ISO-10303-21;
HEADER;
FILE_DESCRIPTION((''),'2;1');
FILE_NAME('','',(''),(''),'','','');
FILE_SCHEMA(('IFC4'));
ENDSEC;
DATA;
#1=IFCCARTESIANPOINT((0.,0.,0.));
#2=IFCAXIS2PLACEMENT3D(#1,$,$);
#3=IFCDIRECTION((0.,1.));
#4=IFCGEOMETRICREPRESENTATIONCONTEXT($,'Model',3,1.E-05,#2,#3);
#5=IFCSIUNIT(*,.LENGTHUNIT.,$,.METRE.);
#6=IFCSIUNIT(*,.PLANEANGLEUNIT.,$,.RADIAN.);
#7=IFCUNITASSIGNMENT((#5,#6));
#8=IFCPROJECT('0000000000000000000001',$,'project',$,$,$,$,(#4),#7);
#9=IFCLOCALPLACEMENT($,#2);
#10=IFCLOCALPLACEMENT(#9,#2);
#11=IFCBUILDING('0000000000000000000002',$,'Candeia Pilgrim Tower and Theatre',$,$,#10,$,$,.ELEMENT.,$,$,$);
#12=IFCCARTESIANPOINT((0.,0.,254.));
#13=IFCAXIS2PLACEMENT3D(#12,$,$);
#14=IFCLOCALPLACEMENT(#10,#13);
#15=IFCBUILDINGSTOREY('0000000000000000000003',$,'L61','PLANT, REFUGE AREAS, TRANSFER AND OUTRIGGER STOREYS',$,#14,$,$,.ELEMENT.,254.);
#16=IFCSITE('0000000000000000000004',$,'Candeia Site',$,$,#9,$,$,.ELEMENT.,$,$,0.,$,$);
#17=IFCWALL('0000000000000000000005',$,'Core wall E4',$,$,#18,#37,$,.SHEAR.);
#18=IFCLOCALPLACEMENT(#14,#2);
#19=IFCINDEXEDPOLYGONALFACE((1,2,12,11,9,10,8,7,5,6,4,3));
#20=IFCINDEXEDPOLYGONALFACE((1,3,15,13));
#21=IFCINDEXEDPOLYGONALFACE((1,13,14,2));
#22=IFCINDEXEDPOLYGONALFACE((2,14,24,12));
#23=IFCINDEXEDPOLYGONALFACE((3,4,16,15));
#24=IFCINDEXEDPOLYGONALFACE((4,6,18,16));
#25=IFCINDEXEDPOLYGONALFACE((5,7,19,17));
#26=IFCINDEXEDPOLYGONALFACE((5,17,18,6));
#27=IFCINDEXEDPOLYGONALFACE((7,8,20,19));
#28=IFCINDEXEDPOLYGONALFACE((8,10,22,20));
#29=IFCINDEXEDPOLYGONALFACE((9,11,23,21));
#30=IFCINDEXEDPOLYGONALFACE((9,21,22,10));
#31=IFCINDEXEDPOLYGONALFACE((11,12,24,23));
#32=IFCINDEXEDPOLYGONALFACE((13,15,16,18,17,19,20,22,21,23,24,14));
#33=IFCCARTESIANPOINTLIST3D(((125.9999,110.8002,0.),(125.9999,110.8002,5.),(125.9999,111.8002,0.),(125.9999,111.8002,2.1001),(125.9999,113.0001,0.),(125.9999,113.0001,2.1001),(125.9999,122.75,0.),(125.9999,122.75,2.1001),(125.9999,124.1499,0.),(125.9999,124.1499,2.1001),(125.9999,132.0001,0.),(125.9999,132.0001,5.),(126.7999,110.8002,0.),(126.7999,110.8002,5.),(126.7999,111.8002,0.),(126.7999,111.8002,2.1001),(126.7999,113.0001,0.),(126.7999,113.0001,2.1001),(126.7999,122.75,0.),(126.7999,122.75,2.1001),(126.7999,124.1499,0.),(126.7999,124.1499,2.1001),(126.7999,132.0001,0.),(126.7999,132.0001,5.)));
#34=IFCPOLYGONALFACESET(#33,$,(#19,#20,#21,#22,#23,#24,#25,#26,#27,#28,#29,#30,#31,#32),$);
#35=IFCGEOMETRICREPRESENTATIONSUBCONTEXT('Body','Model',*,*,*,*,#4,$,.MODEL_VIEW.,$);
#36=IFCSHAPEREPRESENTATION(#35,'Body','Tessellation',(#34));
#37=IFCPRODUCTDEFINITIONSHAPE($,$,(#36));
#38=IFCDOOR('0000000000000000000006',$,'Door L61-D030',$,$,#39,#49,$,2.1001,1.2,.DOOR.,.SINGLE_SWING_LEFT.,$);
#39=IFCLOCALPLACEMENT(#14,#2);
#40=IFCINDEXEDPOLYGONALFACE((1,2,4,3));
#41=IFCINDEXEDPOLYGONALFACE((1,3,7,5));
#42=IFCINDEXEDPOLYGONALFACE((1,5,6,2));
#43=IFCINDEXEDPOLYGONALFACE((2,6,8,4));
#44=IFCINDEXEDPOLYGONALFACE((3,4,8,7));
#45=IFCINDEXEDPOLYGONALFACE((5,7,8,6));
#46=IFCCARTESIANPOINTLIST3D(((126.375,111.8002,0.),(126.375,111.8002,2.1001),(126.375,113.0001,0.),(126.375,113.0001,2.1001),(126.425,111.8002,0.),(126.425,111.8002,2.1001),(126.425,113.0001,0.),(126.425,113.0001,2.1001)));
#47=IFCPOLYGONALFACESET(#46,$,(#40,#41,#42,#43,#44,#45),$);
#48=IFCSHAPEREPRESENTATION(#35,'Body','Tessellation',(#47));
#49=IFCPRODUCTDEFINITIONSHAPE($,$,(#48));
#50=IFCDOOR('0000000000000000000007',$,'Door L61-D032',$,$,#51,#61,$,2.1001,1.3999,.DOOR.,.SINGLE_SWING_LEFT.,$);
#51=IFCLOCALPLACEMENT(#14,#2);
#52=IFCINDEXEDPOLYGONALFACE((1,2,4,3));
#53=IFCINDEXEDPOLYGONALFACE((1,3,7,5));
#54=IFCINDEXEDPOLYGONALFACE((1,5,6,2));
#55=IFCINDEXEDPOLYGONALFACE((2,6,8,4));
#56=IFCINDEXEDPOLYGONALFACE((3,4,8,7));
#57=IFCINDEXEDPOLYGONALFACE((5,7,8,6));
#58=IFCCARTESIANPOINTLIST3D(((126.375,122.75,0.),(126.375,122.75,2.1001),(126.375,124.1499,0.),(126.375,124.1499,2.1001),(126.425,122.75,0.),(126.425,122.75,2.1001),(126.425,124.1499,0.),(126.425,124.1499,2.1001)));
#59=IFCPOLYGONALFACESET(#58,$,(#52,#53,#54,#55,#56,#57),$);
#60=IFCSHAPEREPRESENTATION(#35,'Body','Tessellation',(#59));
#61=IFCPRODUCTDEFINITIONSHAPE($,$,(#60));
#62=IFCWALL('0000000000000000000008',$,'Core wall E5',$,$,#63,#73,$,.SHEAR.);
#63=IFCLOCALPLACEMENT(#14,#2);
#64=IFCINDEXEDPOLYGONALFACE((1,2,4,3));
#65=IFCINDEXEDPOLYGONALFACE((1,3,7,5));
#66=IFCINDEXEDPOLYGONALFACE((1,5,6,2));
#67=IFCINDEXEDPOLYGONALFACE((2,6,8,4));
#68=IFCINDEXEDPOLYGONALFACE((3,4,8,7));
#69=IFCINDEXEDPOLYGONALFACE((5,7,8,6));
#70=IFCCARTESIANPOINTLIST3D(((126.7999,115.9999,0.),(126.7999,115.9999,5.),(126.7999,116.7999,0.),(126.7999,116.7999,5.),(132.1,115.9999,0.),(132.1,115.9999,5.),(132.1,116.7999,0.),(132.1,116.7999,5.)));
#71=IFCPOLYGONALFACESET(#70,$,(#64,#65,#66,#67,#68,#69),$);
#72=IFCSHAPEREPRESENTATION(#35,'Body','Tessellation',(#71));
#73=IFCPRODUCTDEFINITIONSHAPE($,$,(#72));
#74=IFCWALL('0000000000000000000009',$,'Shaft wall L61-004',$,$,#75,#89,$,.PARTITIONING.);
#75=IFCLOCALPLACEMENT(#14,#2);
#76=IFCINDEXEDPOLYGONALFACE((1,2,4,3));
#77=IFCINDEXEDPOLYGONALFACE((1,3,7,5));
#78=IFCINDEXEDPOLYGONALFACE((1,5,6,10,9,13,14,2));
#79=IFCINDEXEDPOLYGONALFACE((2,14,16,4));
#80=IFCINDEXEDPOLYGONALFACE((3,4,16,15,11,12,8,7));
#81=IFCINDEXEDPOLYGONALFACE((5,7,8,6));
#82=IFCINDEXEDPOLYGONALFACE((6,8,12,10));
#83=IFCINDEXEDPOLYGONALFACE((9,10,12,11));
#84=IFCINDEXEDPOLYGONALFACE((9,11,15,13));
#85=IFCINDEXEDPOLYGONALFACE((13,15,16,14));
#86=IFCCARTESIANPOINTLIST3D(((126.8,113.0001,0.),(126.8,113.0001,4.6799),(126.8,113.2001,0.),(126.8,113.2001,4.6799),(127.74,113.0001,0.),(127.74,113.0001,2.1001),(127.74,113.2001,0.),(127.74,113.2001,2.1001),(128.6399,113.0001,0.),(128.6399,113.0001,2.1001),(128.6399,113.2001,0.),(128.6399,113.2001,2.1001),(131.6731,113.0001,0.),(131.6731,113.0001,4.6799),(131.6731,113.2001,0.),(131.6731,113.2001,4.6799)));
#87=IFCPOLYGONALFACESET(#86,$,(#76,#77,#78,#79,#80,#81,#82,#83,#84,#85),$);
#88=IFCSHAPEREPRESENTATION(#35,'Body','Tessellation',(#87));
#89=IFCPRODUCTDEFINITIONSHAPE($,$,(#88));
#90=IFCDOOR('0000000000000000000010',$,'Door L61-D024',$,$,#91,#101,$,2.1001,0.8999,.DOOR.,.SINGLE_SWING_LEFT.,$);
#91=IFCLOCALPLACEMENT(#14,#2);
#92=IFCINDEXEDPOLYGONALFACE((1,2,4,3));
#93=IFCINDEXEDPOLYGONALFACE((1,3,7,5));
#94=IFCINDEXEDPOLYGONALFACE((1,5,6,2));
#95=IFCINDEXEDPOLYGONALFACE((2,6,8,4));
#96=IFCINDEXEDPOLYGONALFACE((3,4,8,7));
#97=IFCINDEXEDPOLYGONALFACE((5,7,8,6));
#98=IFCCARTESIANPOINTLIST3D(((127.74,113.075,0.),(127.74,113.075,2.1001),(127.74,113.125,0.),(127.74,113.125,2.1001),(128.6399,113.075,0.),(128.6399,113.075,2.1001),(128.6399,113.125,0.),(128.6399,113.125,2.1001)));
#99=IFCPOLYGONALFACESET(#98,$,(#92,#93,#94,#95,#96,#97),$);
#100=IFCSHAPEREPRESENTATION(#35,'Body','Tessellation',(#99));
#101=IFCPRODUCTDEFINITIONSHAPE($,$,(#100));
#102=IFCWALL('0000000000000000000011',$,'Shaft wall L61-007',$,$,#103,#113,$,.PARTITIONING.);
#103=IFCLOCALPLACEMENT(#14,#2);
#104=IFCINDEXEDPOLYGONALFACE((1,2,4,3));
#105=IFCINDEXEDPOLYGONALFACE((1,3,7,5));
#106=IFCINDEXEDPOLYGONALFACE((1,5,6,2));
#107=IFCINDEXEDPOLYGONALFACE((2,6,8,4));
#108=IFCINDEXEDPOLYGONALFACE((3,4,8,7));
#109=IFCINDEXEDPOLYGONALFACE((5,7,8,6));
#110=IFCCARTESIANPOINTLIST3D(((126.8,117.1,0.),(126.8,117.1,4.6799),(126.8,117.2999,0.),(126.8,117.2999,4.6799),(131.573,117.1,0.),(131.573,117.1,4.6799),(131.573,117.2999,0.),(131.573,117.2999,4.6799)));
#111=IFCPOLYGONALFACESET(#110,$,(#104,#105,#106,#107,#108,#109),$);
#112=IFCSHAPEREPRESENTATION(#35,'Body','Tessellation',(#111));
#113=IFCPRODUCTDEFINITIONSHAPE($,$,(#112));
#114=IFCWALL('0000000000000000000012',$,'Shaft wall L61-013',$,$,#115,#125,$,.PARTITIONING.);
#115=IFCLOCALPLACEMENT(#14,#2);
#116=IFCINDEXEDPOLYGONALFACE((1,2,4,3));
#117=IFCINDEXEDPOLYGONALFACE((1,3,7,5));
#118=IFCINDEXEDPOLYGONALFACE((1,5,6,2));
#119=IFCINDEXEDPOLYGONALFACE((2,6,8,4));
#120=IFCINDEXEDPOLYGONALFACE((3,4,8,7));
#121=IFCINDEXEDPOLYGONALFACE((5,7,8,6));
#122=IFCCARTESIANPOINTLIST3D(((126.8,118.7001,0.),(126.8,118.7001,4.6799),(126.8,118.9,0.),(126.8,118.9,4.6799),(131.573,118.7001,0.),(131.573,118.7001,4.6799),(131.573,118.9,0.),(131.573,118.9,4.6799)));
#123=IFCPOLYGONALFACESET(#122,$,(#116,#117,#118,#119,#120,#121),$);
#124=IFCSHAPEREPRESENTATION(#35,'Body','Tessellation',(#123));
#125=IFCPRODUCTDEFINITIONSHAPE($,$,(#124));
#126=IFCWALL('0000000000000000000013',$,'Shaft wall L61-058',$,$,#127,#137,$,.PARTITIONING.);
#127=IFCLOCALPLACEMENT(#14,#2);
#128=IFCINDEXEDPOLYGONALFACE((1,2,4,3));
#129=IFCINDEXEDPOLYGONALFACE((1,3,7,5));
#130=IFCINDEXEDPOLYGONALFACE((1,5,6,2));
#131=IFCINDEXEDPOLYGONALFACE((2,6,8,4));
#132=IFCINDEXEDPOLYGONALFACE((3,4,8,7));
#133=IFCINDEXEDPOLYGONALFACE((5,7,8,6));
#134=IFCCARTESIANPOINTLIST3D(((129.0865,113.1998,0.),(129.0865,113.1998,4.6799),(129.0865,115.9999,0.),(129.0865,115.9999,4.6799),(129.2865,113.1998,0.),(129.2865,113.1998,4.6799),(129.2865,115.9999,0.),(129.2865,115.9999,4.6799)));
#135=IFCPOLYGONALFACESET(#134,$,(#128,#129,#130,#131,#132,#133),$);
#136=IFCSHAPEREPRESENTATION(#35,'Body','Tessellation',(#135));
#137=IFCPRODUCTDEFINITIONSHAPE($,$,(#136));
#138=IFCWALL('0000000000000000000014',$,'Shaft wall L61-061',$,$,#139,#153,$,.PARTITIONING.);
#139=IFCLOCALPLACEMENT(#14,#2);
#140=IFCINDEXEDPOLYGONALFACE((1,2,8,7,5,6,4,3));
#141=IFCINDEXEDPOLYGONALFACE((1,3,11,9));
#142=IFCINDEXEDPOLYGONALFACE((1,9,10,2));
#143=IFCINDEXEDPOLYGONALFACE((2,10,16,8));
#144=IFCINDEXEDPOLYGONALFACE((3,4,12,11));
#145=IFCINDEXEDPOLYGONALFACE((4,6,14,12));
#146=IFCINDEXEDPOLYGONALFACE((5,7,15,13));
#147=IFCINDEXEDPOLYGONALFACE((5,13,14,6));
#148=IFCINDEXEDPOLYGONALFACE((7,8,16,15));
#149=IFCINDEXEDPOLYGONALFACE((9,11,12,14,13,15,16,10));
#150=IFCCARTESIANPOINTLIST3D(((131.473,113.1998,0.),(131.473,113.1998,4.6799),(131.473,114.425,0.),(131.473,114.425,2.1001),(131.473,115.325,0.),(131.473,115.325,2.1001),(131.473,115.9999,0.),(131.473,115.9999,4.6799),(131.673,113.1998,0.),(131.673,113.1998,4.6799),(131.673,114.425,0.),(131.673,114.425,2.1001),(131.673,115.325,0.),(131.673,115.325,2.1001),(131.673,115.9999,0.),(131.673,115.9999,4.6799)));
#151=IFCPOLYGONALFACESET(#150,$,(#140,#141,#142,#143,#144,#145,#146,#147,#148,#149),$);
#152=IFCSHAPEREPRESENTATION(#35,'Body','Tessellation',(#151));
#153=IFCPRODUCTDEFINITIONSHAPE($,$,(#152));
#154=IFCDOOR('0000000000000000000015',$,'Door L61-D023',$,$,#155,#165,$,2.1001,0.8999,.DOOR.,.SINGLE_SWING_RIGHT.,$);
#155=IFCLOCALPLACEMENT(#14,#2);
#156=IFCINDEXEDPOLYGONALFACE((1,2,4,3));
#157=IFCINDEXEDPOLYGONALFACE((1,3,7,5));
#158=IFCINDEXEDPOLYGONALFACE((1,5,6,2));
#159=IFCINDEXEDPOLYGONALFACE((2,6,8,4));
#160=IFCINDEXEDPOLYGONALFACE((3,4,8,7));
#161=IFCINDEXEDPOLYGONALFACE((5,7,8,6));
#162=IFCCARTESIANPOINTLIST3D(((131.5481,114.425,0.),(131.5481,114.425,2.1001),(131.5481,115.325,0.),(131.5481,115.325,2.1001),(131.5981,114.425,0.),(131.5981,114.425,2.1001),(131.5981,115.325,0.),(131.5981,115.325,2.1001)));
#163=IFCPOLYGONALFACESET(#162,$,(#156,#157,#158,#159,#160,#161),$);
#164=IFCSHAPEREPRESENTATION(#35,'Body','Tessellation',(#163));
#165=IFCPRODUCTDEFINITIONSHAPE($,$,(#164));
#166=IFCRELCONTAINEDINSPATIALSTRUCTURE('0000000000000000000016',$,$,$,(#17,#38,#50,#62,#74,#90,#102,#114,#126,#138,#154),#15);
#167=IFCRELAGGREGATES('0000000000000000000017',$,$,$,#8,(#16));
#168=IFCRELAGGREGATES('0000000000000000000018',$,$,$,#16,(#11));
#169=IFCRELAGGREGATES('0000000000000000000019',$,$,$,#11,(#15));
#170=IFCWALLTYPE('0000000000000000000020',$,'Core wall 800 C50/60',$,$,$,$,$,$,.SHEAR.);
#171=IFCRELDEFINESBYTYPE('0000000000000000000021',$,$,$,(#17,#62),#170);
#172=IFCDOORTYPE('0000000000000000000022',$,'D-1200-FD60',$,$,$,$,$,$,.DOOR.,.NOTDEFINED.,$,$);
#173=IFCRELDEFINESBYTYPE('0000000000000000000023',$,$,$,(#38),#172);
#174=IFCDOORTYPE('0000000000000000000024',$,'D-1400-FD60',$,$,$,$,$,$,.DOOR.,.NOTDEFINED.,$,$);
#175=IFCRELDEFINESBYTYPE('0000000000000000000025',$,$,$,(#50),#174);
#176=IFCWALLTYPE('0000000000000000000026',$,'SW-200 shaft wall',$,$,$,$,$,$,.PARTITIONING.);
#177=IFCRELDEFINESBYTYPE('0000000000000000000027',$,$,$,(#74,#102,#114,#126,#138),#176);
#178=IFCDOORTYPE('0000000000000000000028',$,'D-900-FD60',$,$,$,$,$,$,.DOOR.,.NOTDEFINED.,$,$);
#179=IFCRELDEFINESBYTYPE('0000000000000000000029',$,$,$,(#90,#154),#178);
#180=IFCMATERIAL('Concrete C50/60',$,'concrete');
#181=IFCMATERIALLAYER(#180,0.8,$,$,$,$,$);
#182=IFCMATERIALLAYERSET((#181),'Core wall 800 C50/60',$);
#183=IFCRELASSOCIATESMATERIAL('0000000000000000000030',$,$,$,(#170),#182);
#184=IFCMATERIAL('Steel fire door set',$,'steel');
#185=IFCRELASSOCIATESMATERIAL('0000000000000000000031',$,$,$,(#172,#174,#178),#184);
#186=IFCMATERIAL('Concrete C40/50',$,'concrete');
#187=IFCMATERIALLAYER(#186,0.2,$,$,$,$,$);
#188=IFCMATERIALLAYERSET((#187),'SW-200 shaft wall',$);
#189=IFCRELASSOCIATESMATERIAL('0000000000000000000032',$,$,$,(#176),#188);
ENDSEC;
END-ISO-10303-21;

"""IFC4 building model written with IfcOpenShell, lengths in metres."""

from ifc_helpers import new_model, si_unit, direction, frame, frame_2d, origin, place, context, subcontext, project, spatial, rectangle, extrude, material, layer, layer_set, type_object, element, fill, save


model = new_model("IFC4")

# Units and contexts
model_context = context("Model", 3, precision=1e-05, world=origin(), true_north=direction((0.0, 1.0)))
body_context = subcontext(model_context, "Body", "Model", "MODEL_VIEW")
ifc_project = project(units=[si_unit("LENGTHUNIT", "METRE"), si_unit("PLANEANGLEUNIT", "RADIAN")], contexts=[model_context])

# Site, building, storey
site_placement = place(None, origin())
site = spatial("IfcSite", under=ifc_project, at=site_placement, Name="Candeia Site", CompositionType="ELEMENT", RefElevation=0.0)
building_placement = place(site_placement, origin())
building = spatial("IfcBuilding", under=site, at=building_placement, Name="Candeia Pilgrim Tower and Theatre", CompositionType="ELEMENT")
storey_placement = place(building_placement, frame((0.0, 0.0, 254.0)))
storey = spatial("IfcBuildingStorey", under=building, at=storey_placement, Name="L61", Description="PLANT, REFUGE AREAS, TRANSFER AND OUTRIGGER STOREYS", CompositionType="ELEMENT", Elevation=254.0)

# Shared definitions
ifc_material_1 = material(Name="Concrete C50/60", Category="concrete")

# Wall, openings, doors
ifc_layer_1 = layer(ifc_material_1, 0.8)
ifc_layer_set_1 = layer_set([ifc_layer_1], Name="Core wall 800 C50/60")
wall_type_1 = type_object("IfcWallType", Name="Core wall 800 C50/60", PredefinedType="SHEAR", material=ifc_layer_set_1)
wall_1_placement = place(storey_placement, frame((126.3999, 110.8, 0.0), z_axis=(0.0, 0.0, 1.0), x_axis=(0.0, 1.0, 0.0)))
wall_1 = element("IfcWall", 1, at=wall_1_placement, inside=storey, type_object=wall_type_1, Name="Core wall E4", PredefinedType="SHEAR", context=body_context, shape_type="SweptSolid", body=[
    extrude(rectangle(XDim=21.2, YDim=0.8, at=frame_2d((10.6001, 0.0))), origin(), (0.0, 0.0, 1.0), 5.0),
])
opening_1_placement = place(wall_1_placement, frame((1.0, 0.0, 0.0)))
opening_1 = element("IfcOpeningElement", 2, at=opening_1_placement, cuts=wall_1, PredefinedType="OPENING", context=body_context, shape_type="SweptSolid", body=[
    extrude(rectangle(XDim=1.2, YDim=2.1001, at=frame_2d((0.6001, 1.05))), frame((0.0, 0.4102, 0.0), z_axis=(0.0, -1.0, 0.0), x_axis=(1.0, 0.0, 0.0)), (0.0, 0.0, 1.0), 0.8201),
])
opening_2_placement = place(wall_1_placement, frame((11.95, 0.0, 0.0)))
opening_2 = element("IfcOpeningElement", 3, at=opening_2_placement, cuts=wall_1, PredefinedType="OPENING", context=body_context, shape_type="SweptSolid", body=[
    extrude(rectangle(XDim=1.3999, YDim=2.1001, at=frame_2d((0.7, 1.05))), frame((0.0, 0.4102, 0.0), z_axis=(0.0, -1.0, 0.0), x_axis=(1.0, 0.0, 0.0)), (0.0, 0.0, 1.0), 0.8201),
])
ifc_material_2 = material(Name="Steel fire door set", Category="steel")
door_type_1 = type_object("IfcDoorType", Name="D-1200-FD60", OperationType="NOTDEFINED", PredefinedType="DOOR", material=ifc_material_2)
door_1_placement = place(opening_1_placement, origin())
door_1 = element("IfcDoor", 4, at=door_1_placement, inside=storey, type_object=door_type_1, Name="Door L61-D030", OperationType="SINGLE_SWING_LEFT", OverallHeight=2.1001, OverallWidth=1.2, PredefinedType="DOOR", context=body_context, shape_type="SweptSolid", body=[
    extrude(rectangle(XDim=1.2, YDim=2.1001, at=frame_2d((0.6001, 1.05))), frame((0.0, 0.0249, 0.0), z_axis=(0.0, -1.0, 0.0), x_axis=(1.0, 0.0, 0.0)), (0.0, 0.0, 1.0), 0.05),
])
fill(opening_1, door_1)
door_type_2 = type_object("IfcDoorType", Name="D-1400-FD60", OperationType="NOTDEFINED", PredefinedType="DOOR", material=ifc_material_2)
door_2_placement = place(opening_2_placement, origin())
door_2 = element("IfcDoor", 5, at=door_2_placement, inside=storey, type_object=door_type_2, Name="Door L61-D032", OperationType="SINGLE_SWING_LEFT", OverallHeight=2.1001, OverallWidth=1.3999, PredefinedType="DOOR", context=body_context, shape_type="SweptSolid", body=[
    extrude(rectangle(XDim=1.3999, YDim=2.1001, at=frame_2d((0.7, 1.05))), frame((0.0, 0.0249, 0.0), z_axis=(0.0, -1.0, 0.0), x_axis=(1.0, 0.0, 0.0)), (0.0, 0.0, 1.0), 0.05),
])
fill(opening_2, door_2)

# Wall
wall_2_placement = place(storey_placement, frame((126.8, 116.3999, 0.0), z_axis=(0.0, 0.0, 1.0), x_axis=(1.0, 0.0, 0.0)))
element("IfcWall", 6, at=wall_2_placement, inside=storey, type_object=wall_type_1, Name="Core wall E5", PredefinedType="SHEAR", context=body_context, shape_type="SweptSolid", body=[
    extrude(rectangle(XDim=5.3, YDim=0.8, at=frame_2d((2.6499, 0.0))), origin(), (0.0, 0.0, 1.0), 5.0),
])

# Wall, opening, door
ifc_material_3 = material(Name="Concrete C40/50", Category="concrete")
ifc_layer_2 = layer(ifc_material_3, 0.2)
ifc_layer_set_2 = layer_set([ifc_layer_2], Name="SW-200 shaft wall")
wall_type_2 = type_object("IfcWallType", Name="SW-200 shaft wall", PredefinedType="PARTITIONING", material=ifc_layer_set_2)
wall_3_placement = place(storey_placement, frame((126.8, 113.1001, 0.0), z_axis=(0.0, 0.0, 1.0), x_axis=(1.0, 0.0, 0.0)))
wall_3 = element("IfcWall", 7, at=wall_3_placement, inside=storey, type_object=wall_type_2, Name="Shaft wall L61-004", PredefinedType="PARTITIONING", context=body_context, shape_type="SweptSolid", body=[
    extrude(rectangle(XDim=4.873, YDim=0.2, at=frame_2d((2.4365, 0.0))), origin(), (0.0, 0.0, 1.0), 4.6799),
])
opening_3_placement = place(wall_3_placement, frame((0.9399, 0.0, 0.0)))
opening_3 = element("IfcOpeningElement", 8, at=opening_3_placement, cuts=wall_3, PredefinedType="OPENING", context=body_context, shape_type="SweptSolid", body=[
    extrude(rectangle(XDim=0.8999, YDim=2.1001, at=frame_2d((0.45, 1.05))), frame((0.0, 0.1099, 0.0), z_axis=(0.0, -1.0, 0.0), x_axis=(1.0, 0.0, 0.0)), (0.0, 0.0, 1.0), 0.22),
])
door_type_3 = type_object("IfcDoorType", Name="D-900-FD60", OperationType="NOTDEFINED", PredefinedType="DOOR", material=ifc_material_2)
door_3_placement = place(opening_3_placement, origin())
door_3 = element("IfcDoor", 9, at=door_3_placement, inside=storey, type_object=door_type_3, Name="Door L61-D024", OperationType="SINGLE_SWING_LEFT", OverallHeight=2.1001, OverallWidth=0.8999, PredefinedType="DOOR", context=body_context, shape_type="SweptSolid", body=[
    extrude(rectangle(XDim=0.8999, YDim=2.1001, at=frame_2d((0.45, 1.05))), frame((0.0, 0.0249, 0.0), z_axis=(0.0, -1.0, 0.0), x_axis=(1.0, 0.0, 0.0)), (0.0, 0.0, 1.0), 0.05),
])
fill(opening_3, door_3)

# Walls
for number, where, z_axis, x_axis, name in (
    (10, (126.8, 117.2, 0.0), (0.0, 0.0, 1.0), (1.0, 0.0, 0.0), "Shaft wall L61-007"),
    (11, (126.8, 118.8, 0.0), (0.0, 0.0, 1.0), (1.0, 0.0, 0.0), "Shaft wall L61-013"),
):
    element("IfcWall", number, at=place(storey_placement, frame(where, z_axis=z_axis, x_axis=x_axis)), inside=storey, type_object=wall_type_2, Name=name, PredefinedType="PARTITIONING", context=body_context, shape_type="SweptSolid", body=[
        extrude(rectangle(XDim=4.7729, YDim=0.2, at=frame_2d((2.3865, 0.0))), origin(), (0.0, 0.0, 1.0), 4.6799),
    ])
wall_4_placement = place(storey_placement, frame((129.1865, 113.2, 0.0), z_axis=(0.0, 0.0, 1.0), x_axis=(0.0, 1.0, 0.0)))
element("IfcWall", 12, at=wall_4_placement, inside=storey, type_object=wall_type_2, Name="Shaft wall L61-058", PredefinedType="PARTITIONING", context=body_context, shape_type="SweptSolid", body=[
    extrude(rectangle(XDim=2.8, YDim=0.2, at=frame_2d((1.3999, 0.0))), origin(), (0.0, 0.0, 1.0), 4.6799),
])

# Wall, opening, door
wall_5_placement = place(storey_placement, frame((131.573, 113.2, 0.0), z_axis=(0.0, 0.0, 1.0), x_axis=(0.0, 1.0, 0.0)))
wall_5 = element("IfcWall", 13, at=wall_5_placement, inside=storey, type_object=wall_type_2, Name="Shaft wall L61-061", PredefinedType="PARTITIONING", context=body_context, shape_type="SweptSolid", body=[
    extrude(rectangle(XDim=2.8, YDim=0.2, at=frame_2d((1.3999, 0.0))), origin(), (0.0, 0.0, 1.0), 4.6799),
])
opening_4_placement = place(wall_5_placement, frame((1.2251, 0.0, 0.0)))
opening_4 = element("IfcOpeningElement", 14, at=opening_4_placement, cuts=wall_5, PredefinedType="OPENING", context=body_context, shape_type="SweptSolid", body=[
    extrude(rectangle(XDim=0.8999, YDim=2.1001, at=frame_2d((0.45, 1.05))), frame((0.0, 0.1099, 0.0), z_axis=(0.0, -1.0, 0.0), x_axis=(1.0, 0.0, 0.0)), (0.0, 0.0, 1.0), 0.22),
])
door_4_placement = place(opening_4_placement, origin())
door_4 = element("IfcDoor", 15, at=door_4_placement, inside=storey, type_object=door_type_3, Name="Door L61-D023", OperationType="SINGLE_SWING_RIGHT", OverallHeight=2.1001, OverallWidth=0.8999, PredefinedType="DOOR", context=body_context, shape_type="SweptSolid", body=[
    extrude(rectangle(XDim=0.8999, YDim=2.1001, at=frame_2d((0.45, 1.05))), frame((0.0, 0.0249, 0.0), z_axis=(0.0, -1.0, 0.0), x_axis=(1.0, 0.0, 0.0)), (0.0, 0.0, 1.0), 0.05),
])
fill(opening_4, door_4)

save(model, "model.ifc")
